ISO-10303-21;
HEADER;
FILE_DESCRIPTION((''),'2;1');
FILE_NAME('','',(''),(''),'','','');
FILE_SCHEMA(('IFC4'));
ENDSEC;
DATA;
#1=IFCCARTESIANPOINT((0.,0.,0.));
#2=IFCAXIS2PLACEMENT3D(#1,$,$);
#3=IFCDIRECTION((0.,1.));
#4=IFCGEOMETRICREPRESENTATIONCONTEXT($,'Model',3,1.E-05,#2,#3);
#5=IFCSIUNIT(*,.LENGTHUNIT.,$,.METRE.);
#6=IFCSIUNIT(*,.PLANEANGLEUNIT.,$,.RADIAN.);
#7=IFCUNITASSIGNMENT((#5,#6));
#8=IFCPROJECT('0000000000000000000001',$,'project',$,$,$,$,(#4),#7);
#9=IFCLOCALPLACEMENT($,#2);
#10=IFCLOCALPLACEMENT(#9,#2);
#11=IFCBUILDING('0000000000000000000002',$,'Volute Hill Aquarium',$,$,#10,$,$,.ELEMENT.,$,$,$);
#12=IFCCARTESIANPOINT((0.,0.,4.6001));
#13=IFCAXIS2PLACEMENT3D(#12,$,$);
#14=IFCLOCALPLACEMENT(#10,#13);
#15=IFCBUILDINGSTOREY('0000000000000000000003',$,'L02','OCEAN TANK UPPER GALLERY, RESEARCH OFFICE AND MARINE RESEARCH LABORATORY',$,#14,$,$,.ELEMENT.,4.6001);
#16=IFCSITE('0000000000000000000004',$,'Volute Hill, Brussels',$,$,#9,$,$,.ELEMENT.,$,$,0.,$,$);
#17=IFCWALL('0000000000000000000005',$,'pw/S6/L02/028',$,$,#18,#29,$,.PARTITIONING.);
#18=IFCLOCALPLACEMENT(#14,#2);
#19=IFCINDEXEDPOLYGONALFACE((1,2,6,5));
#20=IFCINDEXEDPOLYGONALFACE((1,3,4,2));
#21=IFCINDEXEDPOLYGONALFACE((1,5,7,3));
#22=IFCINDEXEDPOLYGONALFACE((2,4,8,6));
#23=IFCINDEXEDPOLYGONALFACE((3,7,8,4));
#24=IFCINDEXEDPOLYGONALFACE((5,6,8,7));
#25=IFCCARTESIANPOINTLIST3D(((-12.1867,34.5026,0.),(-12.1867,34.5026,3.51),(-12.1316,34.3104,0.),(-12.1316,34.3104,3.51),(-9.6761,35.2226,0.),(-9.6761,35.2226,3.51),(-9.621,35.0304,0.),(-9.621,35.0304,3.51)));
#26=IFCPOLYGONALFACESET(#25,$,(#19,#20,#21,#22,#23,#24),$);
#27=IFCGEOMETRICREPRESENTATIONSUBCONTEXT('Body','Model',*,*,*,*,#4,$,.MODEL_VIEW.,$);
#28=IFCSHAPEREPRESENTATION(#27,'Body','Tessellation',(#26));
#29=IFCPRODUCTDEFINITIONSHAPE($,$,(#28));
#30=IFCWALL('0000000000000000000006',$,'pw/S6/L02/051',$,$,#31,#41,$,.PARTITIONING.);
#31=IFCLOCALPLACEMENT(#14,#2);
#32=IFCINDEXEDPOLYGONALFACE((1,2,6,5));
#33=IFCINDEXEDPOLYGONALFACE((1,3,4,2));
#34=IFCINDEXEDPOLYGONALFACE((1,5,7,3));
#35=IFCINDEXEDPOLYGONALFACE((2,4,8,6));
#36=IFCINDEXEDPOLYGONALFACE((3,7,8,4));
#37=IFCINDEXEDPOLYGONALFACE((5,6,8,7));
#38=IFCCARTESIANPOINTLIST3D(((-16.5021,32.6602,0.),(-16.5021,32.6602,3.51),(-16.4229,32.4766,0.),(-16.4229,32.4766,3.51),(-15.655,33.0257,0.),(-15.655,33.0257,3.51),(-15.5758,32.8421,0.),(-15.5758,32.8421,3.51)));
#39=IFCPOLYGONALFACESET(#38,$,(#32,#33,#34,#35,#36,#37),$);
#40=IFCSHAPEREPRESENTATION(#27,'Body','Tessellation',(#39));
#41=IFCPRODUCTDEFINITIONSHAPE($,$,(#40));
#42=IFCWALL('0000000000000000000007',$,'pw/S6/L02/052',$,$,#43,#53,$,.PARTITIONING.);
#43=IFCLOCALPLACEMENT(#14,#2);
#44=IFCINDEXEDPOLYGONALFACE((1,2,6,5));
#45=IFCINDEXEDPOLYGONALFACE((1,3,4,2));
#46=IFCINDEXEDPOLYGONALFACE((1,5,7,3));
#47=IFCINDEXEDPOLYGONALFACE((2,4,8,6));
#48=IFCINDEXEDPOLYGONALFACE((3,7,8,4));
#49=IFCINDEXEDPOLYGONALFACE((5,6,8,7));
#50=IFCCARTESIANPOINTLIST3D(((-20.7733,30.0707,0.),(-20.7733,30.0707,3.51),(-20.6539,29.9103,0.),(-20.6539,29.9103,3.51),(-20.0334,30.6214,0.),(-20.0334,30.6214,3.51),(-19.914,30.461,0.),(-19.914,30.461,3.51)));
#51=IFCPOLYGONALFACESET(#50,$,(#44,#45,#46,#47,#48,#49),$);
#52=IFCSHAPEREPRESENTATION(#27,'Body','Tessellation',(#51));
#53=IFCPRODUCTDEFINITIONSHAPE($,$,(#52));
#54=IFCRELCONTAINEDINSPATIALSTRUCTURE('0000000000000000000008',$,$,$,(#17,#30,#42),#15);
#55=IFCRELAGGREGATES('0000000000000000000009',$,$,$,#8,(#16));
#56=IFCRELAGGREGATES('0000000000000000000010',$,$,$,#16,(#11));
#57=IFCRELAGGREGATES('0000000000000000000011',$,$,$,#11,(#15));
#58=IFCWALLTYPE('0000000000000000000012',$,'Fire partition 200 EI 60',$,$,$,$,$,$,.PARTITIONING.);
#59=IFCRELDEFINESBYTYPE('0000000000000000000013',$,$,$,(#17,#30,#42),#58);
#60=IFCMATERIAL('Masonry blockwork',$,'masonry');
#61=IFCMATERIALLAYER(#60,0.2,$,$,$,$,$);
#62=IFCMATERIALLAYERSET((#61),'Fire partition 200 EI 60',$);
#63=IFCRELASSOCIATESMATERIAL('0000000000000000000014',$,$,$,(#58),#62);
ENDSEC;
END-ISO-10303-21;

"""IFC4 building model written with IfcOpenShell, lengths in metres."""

from ifc_helpers import new_model, si_unit, direction, frame, frame_2d, origin, place, context, subcontext, project, spatial, rectangle, extrude, material, layer, layer_set, type_object, element, save


model = new_model("IFC4")

# Units and contexts
model_context = context("Model", 3, precision=1e-05, world=origin(), true_north=direction((0.0, 1.0)))
body_context = subcontext(model_context, "Body", "Model", "MODEL_VIEW")
ifc_project = project(units=[si_unit("LENGTHUNIT", "METRE"), si_unit("PLANEANGLEUNIT", "RADIAN")], contexts=[model_context])

# Site, building, storey
site_placement = place(None, origin())
site = spatial("IfcSite", under=ifc_project, at=site_placement, Name="Volute Hill, Brussels", CompositionType="ELEMENT", RefElevation=0.0)
building_placement = place(site_placement, origin())
building = spatial("IfcBuilding", under=site, at=building_placement, Name="Volute Hill Aquarium", CompositionType="ELEMENT")
storey_placement = place(building_placement, frame((0.0, 0.0, 4.6001)))
storey = spatial("IfcBuildingStorey", under=building, at=storey_placement, Name="L02", Description="OCEAN TANK UPPER GALLERY, RESEARCH OFFICE AND MARINE RESEARCH LABORATORY", CompositionType="ELEMENT", Elevation=4.6001)

# Walls
ifc_material_1 = material(Name="Masonry blockwork", Category="masonry")
ifc_layer_1 = layer(ifc_material_1, 0.2)
ifc_layer_set_1 = layer_set([ifc_layer_1], Name="Fire partition 200 EI 60")
wall_type_1 = type_object("IfcWallType", Name="Fire partition 200 EI 60", PredefinedType="PARTITIONING", material=ifc_layer_set_1)
wall_1_placement = place(storey_placement, frame((-12.1592, 34.4065, 0.0), z_axis=(0.0, 0.0, 1.0), x_axis=(0.961252, 0.275672, 0.0)))
element("IfcWall", 1, at=wall_1_placement, inside=storey, type_object=wall_type_1, Name="pw/S6/L02/028", PredefinedType="PARTITIONING", context=body_context, shape_type="SweptSolid", body=[
    extrude(rectangle(XDim=2.6118, YDim=0.2, at=frame_2d((1.3059, 0.0))), origin(), (0.0, 0.0, 1.0), 3.51),
])
wall_2_placement = place(storey_placement, frame((-16.4626, 32.5684, 0.0), z_axis=(0.0, 0.0, 1.0), x_axis=(0.918198, 0.396122, 0.0)))
element("IfcWall", 2, at=wall_2_placement, inside=storey, type_object=wall_type_1, Name="pw/S6/L02/051", PredefinedType="PARTITIONING", context=body_context, shape_type="SweptSolid", body=[
    extrude(rectangle(XDim=0.9226, YDim=0.2, at=frame_2d((0.4614, 0.0))), origin(), (0.0, 0.0, 1.0), 3.51),
])
wall_3_placement = place(storey_placement, frame((-20.7136, 29.9905, 0.0), z_axis=(0.0, 0.0, 1.0), x_axis=(0.802186, 0.597074, 0.0)))
element("IfcWall", 3, at=wall_3_placement, inside=storey, type_object=wall_type_1, Name="pw/S6/L02/052", PredefinedType="PARTITIONING", context=body_context, shape_type="SweptSolid", body=[
    extrude(rectangle(XDim=0.9224, YDim=0.2, at=frame_2d((0.4612, 0.0))), origin(), (0.0, 0.0, 1.0), 3.51),
])

save(model, "model.ifc")
